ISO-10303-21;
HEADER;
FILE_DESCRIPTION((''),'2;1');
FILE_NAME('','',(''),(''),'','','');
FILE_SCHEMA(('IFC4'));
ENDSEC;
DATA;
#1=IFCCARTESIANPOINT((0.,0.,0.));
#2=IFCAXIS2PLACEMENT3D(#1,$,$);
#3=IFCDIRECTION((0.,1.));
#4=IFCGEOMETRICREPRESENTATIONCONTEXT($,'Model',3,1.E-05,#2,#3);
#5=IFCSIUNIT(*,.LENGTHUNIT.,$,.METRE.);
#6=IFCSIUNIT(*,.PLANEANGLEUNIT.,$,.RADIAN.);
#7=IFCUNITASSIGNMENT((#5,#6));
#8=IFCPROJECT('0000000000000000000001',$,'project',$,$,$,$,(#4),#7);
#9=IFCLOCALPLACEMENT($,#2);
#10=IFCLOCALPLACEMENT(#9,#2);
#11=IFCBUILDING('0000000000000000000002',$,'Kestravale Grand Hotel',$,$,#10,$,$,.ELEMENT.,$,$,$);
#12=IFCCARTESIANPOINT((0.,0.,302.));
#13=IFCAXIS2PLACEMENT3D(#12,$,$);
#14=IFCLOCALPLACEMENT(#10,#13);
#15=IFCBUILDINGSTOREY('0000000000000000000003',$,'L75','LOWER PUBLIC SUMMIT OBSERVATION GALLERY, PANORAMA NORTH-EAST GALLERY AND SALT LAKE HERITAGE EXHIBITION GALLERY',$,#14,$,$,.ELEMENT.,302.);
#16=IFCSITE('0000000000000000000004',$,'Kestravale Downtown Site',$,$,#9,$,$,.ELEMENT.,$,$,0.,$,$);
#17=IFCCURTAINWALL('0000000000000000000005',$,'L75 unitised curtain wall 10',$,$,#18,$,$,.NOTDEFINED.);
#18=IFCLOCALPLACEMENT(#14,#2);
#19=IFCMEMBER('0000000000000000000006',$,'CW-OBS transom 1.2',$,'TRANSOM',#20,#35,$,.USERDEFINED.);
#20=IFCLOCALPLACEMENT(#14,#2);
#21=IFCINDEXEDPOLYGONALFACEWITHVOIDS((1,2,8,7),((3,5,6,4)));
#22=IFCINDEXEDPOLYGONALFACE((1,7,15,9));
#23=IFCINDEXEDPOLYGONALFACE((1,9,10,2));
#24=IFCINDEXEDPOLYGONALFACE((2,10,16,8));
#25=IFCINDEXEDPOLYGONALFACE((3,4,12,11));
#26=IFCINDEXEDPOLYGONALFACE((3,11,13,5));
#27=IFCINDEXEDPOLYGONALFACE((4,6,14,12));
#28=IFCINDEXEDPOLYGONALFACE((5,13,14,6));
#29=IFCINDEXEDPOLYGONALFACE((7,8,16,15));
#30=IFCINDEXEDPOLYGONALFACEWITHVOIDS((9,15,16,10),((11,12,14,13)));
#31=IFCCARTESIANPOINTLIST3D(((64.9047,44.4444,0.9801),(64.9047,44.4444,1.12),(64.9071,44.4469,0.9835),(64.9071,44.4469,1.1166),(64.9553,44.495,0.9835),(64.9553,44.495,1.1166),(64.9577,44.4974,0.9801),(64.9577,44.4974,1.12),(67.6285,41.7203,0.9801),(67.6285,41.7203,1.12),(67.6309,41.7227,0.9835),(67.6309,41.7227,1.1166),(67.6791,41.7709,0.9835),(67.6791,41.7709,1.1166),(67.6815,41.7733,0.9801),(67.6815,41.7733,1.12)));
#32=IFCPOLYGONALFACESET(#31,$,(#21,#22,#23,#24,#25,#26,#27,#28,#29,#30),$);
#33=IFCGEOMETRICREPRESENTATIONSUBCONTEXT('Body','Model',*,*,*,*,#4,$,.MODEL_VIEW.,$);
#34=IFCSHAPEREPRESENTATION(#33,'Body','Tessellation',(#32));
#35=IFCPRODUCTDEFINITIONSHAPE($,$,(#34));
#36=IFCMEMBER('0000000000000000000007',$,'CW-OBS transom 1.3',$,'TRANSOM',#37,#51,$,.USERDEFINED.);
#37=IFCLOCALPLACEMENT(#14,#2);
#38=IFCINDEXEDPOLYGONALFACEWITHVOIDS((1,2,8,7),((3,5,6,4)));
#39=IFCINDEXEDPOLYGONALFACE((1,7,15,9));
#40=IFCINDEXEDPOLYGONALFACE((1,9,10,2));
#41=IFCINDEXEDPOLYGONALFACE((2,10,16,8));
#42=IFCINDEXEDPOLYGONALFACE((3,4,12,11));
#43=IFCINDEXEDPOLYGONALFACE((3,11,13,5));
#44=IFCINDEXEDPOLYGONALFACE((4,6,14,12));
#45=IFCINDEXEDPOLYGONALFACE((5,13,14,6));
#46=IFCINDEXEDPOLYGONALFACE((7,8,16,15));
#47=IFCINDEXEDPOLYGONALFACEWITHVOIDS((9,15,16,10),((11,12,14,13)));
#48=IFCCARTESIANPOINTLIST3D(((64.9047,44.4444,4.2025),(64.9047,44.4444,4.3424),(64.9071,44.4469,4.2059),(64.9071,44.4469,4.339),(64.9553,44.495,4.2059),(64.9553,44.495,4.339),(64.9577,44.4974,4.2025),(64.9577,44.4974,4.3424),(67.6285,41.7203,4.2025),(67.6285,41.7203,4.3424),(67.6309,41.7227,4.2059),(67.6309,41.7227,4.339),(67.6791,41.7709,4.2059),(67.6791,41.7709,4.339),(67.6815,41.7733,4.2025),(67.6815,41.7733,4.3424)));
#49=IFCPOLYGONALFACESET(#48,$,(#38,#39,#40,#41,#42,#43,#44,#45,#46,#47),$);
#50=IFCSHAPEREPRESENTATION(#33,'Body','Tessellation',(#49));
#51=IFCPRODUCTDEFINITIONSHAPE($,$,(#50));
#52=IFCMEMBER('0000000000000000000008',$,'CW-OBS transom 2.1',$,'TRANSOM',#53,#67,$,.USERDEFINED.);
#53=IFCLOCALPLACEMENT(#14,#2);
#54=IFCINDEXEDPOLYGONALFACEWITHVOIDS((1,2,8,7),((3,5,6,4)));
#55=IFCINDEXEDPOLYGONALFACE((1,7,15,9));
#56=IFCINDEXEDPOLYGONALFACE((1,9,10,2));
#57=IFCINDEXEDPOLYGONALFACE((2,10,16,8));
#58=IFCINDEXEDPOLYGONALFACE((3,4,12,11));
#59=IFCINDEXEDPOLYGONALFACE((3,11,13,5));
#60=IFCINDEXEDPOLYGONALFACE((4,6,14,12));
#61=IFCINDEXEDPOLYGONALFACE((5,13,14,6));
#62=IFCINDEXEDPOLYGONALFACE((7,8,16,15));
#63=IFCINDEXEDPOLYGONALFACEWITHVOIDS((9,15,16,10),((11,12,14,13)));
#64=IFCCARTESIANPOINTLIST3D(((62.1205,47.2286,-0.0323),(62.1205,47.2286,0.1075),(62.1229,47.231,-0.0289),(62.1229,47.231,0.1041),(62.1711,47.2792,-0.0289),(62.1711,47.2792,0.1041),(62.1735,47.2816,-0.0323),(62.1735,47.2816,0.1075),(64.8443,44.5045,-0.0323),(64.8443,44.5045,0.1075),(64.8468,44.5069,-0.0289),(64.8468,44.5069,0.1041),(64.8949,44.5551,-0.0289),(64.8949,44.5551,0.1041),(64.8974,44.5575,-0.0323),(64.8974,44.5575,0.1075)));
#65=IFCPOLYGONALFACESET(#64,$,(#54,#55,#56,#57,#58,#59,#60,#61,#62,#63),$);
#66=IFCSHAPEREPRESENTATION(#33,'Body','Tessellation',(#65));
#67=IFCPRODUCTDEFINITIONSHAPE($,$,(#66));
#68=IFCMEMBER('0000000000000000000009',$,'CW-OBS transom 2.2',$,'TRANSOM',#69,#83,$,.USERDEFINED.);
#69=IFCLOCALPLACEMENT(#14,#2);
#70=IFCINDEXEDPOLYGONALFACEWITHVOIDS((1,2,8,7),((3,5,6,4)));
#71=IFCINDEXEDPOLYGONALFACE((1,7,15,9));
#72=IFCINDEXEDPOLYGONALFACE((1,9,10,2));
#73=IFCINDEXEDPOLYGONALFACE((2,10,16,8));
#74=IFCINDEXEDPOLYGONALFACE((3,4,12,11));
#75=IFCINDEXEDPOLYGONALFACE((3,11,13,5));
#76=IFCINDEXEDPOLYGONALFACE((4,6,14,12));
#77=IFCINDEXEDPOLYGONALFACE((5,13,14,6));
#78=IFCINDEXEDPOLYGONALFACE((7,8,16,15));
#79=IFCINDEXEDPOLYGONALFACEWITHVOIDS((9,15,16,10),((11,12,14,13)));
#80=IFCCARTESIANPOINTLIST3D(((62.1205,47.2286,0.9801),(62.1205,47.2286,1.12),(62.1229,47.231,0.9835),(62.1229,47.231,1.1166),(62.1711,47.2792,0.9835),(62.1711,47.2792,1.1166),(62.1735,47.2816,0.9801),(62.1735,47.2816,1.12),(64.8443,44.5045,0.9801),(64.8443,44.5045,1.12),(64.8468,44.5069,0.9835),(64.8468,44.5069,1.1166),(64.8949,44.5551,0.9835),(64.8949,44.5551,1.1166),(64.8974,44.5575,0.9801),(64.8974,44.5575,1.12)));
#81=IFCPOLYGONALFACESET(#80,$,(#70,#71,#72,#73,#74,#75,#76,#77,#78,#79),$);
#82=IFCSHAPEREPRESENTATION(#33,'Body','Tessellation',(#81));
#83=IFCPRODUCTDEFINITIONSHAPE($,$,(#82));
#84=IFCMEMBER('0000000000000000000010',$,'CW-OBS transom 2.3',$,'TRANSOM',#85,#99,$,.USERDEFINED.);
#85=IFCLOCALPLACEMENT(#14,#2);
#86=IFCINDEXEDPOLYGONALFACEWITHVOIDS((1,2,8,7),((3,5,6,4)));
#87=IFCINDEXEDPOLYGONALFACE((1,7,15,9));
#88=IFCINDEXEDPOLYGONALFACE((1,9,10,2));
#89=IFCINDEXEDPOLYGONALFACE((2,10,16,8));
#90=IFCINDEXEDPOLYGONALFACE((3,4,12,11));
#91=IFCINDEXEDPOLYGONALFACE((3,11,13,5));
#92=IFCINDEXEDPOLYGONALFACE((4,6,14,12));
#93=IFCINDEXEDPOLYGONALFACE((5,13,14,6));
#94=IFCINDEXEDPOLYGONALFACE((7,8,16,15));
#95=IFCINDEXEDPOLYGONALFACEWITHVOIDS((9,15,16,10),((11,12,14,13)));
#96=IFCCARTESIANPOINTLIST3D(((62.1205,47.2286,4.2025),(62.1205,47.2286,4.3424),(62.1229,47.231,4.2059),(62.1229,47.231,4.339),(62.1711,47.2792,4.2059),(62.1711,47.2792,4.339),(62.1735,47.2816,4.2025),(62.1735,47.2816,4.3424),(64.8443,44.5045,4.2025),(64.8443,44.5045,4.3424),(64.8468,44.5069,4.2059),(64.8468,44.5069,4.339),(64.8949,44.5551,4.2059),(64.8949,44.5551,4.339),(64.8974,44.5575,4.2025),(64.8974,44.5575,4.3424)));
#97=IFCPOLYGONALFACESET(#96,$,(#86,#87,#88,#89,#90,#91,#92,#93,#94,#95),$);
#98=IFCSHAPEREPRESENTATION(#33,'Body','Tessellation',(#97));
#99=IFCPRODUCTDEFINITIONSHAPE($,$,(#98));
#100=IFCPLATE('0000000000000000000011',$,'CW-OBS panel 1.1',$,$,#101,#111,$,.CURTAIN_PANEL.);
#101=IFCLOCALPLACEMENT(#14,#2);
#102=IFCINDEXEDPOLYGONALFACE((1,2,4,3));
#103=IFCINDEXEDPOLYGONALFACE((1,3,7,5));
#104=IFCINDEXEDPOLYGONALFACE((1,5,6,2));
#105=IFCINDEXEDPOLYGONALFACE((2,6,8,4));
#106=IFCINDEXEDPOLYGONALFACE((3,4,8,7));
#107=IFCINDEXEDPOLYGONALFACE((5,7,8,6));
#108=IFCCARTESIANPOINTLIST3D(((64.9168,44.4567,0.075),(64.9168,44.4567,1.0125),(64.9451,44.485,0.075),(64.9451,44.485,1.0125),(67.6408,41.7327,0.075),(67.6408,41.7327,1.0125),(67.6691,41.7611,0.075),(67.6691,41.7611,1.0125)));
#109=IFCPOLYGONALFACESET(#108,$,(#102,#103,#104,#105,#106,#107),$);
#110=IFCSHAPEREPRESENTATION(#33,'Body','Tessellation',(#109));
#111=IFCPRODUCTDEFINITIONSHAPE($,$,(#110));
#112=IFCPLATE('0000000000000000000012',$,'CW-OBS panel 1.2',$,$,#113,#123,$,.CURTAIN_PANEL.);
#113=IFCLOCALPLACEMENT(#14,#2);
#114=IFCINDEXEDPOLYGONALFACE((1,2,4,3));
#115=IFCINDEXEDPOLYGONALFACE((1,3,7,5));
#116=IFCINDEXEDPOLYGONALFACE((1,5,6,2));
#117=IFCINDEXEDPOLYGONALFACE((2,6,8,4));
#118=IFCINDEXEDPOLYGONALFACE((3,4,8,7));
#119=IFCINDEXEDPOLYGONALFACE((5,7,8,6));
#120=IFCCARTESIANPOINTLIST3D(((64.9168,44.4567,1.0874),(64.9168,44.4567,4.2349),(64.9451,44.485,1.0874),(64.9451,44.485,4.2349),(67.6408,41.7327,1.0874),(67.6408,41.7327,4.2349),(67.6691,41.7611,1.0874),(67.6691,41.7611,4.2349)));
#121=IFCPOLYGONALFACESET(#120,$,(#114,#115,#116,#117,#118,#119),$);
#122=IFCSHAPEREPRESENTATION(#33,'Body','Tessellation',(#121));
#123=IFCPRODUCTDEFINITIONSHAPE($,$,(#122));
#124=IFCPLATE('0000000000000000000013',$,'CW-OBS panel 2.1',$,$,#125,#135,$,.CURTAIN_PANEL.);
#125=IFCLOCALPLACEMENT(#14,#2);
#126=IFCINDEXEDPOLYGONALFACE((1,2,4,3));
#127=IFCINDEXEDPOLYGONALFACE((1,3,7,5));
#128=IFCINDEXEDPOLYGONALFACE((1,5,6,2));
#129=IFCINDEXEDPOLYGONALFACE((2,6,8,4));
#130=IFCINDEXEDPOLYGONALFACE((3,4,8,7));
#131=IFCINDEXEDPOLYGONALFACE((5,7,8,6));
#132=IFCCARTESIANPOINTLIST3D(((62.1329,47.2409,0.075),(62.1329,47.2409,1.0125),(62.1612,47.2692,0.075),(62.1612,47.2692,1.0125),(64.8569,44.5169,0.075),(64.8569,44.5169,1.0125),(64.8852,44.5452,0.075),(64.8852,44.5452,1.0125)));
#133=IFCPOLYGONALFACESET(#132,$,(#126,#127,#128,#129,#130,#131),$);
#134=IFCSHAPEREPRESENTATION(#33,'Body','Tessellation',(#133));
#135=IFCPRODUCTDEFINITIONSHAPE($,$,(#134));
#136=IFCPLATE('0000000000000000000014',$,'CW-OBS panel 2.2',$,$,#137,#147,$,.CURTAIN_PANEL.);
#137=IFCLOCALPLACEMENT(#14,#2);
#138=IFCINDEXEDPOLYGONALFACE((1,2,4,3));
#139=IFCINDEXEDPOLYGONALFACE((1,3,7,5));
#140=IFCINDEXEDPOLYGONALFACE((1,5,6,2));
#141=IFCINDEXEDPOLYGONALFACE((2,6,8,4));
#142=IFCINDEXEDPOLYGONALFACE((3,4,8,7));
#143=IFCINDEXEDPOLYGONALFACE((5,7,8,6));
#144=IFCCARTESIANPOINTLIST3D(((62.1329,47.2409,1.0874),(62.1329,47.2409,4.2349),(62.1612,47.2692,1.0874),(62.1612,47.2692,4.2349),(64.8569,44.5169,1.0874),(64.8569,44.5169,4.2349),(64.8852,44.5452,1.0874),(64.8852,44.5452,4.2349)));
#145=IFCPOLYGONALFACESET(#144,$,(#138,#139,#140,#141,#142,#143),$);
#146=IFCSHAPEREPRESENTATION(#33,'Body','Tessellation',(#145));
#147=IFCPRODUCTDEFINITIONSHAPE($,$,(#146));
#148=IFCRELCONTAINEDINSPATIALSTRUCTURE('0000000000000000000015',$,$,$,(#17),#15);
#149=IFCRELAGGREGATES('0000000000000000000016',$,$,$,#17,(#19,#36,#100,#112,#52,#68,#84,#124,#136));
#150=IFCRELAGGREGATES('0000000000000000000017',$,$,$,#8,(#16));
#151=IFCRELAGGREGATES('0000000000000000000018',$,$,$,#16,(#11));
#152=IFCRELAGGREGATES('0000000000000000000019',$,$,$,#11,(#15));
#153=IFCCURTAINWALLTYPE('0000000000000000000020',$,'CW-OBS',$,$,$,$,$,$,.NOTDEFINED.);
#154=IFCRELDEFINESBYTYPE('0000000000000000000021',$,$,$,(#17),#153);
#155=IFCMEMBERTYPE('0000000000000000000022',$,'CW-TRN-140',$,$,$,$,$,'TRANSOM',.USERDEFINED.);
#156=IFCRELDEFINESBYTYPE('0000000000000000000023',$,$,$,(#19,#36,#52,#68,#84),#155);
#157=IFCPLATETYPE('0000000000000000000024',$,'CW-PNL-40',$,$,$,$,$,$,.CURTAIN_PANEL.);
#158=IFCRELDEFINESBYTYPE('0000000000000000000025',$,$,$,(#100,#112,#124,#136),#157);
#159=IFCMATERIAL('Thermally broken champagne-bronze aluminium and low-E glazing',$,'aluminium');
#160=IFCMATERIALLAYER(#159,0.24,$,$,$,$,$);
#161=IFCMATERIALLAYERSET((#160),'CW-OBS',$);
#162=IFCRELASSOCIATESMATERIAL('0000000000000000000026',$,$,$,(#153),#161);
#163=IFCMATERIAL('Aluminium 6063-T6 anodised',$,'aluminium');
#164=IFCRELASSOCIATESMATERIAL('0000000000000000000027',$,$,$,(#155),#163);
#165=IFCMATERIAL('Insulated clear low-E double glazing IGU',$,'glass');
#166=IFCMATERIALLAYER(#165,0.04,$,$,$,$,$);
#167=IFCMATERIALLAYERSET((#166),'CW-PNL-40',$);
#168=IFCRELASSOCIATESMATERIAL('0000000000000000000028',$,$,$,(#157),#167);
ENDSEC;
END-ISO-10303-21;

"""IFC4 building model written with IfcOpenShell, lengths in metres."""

from ifc_helpers import new_model, si_unit, direction, frame, origin, origin_2d, place, context, subcontext, project, spatial, rectangle, hollow_rectangle, extrude, material, layer, layer_set, material_profile, profile_set, type_object, element, aggregate, save


model = new_model("IFC4")

# Units and contexts
model_context = context("Model", 3, precision=1e-05, world=origin(), true_north=direction((0.0, 1.0)))
body_context = subcontext(model_context, "Body", "Model", "MODEL_VIEW")
ifc_project = project(units=[si_unit("LENGTHUNIT", "METRE"), si_unit("PLANEANGLEUNIT", "RADIAN")], contexts=[model_context])

# Site, building, storey
site_placement = place(None, origin())
site = spatial("IfcSite", under=ifc_project, at=site_placement, Name="Kestravale Downtown Site", CompositionType="ELEMENT", RefElevation=0.0)
building_placement = place(site_placement, origin())
building = spatial("IfcBuilding", under=site, at=building_placement, Name="Kestravale Grand Hotel", CompositionType="ELEMENT")
storey_placement = place(building_placement, frame((0.0, 0.0, 302.0)))
storey = spatial("IfcBuildingStorey", under=building, at=storey_placement, Name="L75", Description="LOWER PUBLIC SUMMIT OBSERVATION GALLERY, PANORAMA NORTH-EAST GALLERY AND SALT LAKE HERITAGE EXHIBITION GALLERY", CompositionType="ELEMENT", Elevation=302.0)

# Curtain wall, members, plates
ifc_material_1 = material(Name="Thermally broken champagne-bronze aluminium and low-E glazing", Category="aluminium")
ifc_layer_1 = layer(ifc_material_1, 0.24)
ifc_layer_set_1 = layer_set([ifc_layer_1], Name="CW-OBS")
curtain_wall_type = type_object("IfcCurtainWallType", Name="CW-OBS", PredefinedType="NOTDEFINED", material=ifc_layer_set_1)
curtain_wall_placement = place(storey_placement, origin())
curtain_wall = element("IfcCurtainWall", 1, at=curtain_wall_placement, inside=storey, type_object=curtain_wall_type, Name="L75 unitised curtain wall 10", PredefinedType="NOTDEFINED")
ifc_material_2 = material(Name="Aluminium 6063-T6 anodised", Category="aluminium")
ifc_material_profile_1 = material_profile(ifc_material_2, hollow_rectangle(XDim=0.075, YDim=0.1399, WallThickness=0.0034, at=origin_2d()))
ifc_profile_set_1 = profile_set([ifc_material_profile_1], Name="Aluminium 6063-T6 anodised")
member_type_1 = type_object("IfcMemberType", Name="CW-TRN-140", ElementType="TRANSOM", PredefinedType="USERDEFINED", material=ifc_profile_set_1)
member_1_placement = place(storey_placement, frame((67.655, 41.7468, 1.05), z_axis=(-0.707075, 0.707138, 0.0), x_axis=(-0.707138, -0.707075, 0.0)))
member_1 = element("IfcMember", 2, at=member_1_placement, type_object=member_type_1, Name="CW-OBS transom 1.2", ObjectType="TRANSOM", PredefinedType="USERDEFINED", context=body_context, shape_type="SweptSolid", body=[
    extrude(hollow_rectangle(XDim=0.075, YDim=0.1399, WallThickness=0.0034, at=origin_2d()), origin(), (0.0, 0.0, 1.0), 3.8523),
])
member_2_placement = place(storey_placement, frame((67.655, 41.7468, 4.2725), z_axis=(-0.707075, 0.707138, 0.0), x_axis=(-0.707138, -0.707075, 0.0)))
member_2 = element("IfcMember", 3, at=member_2_placement, type_object=member_type_1, Name="CW-OBS transom 1.3", ObjectType="TRANSOM", PredefinedType="USERDEFINED", context=body_context, shape_type="SweptSolid", body=[
    extrude(hollow_rectangle(XDim=0.075, YDim=0.1399, WallThickness=0.0034, at=origin_2d()), origin(), (0.0, 0.0, 1.0), 3.8523),
])
member_3_placement = place(storey_placement, frame((64.8708, 44.531, 0.0376), z_axis=(-0.707075, 0.707138, 0.0), x_axis=(-0.707138, -0.707075, 0.0)))
member_3 = element("IfcMember", 4, at=member_3_placement, type_object=member_type_1, Name="CW-OBS transom 2.1", ObjectType="TRANSOM", PredefinedType="USERDEFINED", context=body_context, shape_type="SweptSolid", body=[
    extrude(hollow_rectangle(XDim=0.075, YDim=0.1399, WallThickness=0.0034, at=origin_2d()), origin(), (0.0, 0.0, 1.0), 3.8523),
])
member_4_placement = place(storey_placement, frame((64.8708, 44.531, 1.05), z_axis=(-0.707075, 0.707138, 0.0), x_axis=(-0.707138, -0.707075, 0.0)))
member_4 = element("IfcMember", 5, at=member_4_placement, type_object=member_type_1, Name="CW-OBS transom 2.2", ObjectType="TRANSOM", PredefinedType="USERDEFINED", context=body_context, shape_type="SweptSolid", body=[
    extrude(hollow_rectangle(XDim=0.075, YDim=0.1399, WallThickness=0.0034, at=origin_2d()), origin(), (0.0, 0.0, 1.0), 3.8523),
])
member_5_placement = place(storey_placement, frame((64.8708, 44.531, 4.2725), z_axis=(-0.707075, 0.707138, 0.0), x_axis=(-0.707138, -0.707075, 0.0)))
member_5 = element("IfcMember", 6, at=member_5_placement, type_object=member_type_1, Name="CW-OBS transom 2.3", ObjectType="TRANSOM", PredefinedType="USERDEFINED", context=body_context, shape_type="SweptSolid", body=[
    extrude(hollow_rectangle(XDim=0.075, YDim=0.1399, WallThickness=0.0034, at=origin_2d()), origin(), (0.0, 0.0, 1.0), 3.8523),
])
ifc_material_3 = material(Name="Insulated clear low-E double glazing IGU", Category="glass")
ifc_layer_2 = layer(ifc_material_3, 0.04)
ifc_layer_set_2 = layer_set([ifc_layer_2], Name="CW-PNL-40")
plate_type = type_object("IfcPlateType", Name="CW-PNL-40", PredefinedType="CURTAIN_PANEL", material=ifc_layer_set_2)
plate_1_placement = place(storey_placement, frame((66.293, 43.1089, 0.075), z_axis=(0.0, 0.0, 1.0), x_axis=(-0.707107, 0.707107, 0.0)))
plate_1 = element("IfcPlate", 7, at=plate_1_placement, type_object=plate_type, Name="CW-OBS panel 1.1", PredefinedType="CURTAIN_PANEL", context=body_context, shape_type="SweptSolid", body=[
    extrude(rectangle(XDim=3.8523, YDim=0.04, at=origin_2d()), origin(), (0.0, 0.0, 1.0), 0.9375),
])
plate_2_placement = place(storey_placement, frame((66.293, 43.1089, 1.0874), z_axis=(0.0, 0.0, 1.0), x_axis=(-0.707107, 0.707107, 0.0)))
plate_2 = element("IfcPlate", 8, at=plate_2_placement, type_object=plate_type, Name="CW-OBS panel 1.2", PredefinedType="CURTAIN_PANEL", context=body_context, shape_type="SweptSolid", body=[
    extrude(rectangle(XDim=3.8523, YDim=0.04, at=origin_2d()), origin(), (0.0, 0.0, 1.0), 3.1475),
])
plate_3_placement = place(storey_placement, frame((63.509, 45.8931, 0.075), z_axis=(0.0, 0.0, 1.0), x_axis=(-0.707107, 0.707107, 0.0)))
plate_3 = element("IfcPlate", 9, at=plate_3_placement, type_object=plate_type, Name="CW-OBS panel 2.1", PredefinedType="CURTAIN_PANEL", context=body_context, shape_type="SweptSolid", body=[
    extrude(rectangle(XDim=3.8523, YDim=0.04, at=origin_2d()), origin(), (0.0, 0.0, 1.0), 0.9375),
])
plate_4_placement = place(storey_placement, frame((63.509, 45.8931, 1.0874), z_axis=(0.0, 0.0, 1.0), x_axis=(-0.707107, 0.707107, 0.0)))
plate_4 = element("IfcPlate", 10, at=plate_4_placement, type_object=plate_type, Name="CW-OBS panel 2.2", PredefinedType="CURTAIN_PANEL", context=body_context, shape_type="SweptSolid", body=[
    extrude(rectangle(XDim=3.8523, YDim=0.04, at=origin_2d()), origin(), (0.0, 0.0, 1.0), 3.1475),
])
aggregate(curtain_wall, [member_1, member_2, plate_1, plate_2, member_3, member_4, member_5, plate_3, plate_4])

save(model, "model.ifc")
